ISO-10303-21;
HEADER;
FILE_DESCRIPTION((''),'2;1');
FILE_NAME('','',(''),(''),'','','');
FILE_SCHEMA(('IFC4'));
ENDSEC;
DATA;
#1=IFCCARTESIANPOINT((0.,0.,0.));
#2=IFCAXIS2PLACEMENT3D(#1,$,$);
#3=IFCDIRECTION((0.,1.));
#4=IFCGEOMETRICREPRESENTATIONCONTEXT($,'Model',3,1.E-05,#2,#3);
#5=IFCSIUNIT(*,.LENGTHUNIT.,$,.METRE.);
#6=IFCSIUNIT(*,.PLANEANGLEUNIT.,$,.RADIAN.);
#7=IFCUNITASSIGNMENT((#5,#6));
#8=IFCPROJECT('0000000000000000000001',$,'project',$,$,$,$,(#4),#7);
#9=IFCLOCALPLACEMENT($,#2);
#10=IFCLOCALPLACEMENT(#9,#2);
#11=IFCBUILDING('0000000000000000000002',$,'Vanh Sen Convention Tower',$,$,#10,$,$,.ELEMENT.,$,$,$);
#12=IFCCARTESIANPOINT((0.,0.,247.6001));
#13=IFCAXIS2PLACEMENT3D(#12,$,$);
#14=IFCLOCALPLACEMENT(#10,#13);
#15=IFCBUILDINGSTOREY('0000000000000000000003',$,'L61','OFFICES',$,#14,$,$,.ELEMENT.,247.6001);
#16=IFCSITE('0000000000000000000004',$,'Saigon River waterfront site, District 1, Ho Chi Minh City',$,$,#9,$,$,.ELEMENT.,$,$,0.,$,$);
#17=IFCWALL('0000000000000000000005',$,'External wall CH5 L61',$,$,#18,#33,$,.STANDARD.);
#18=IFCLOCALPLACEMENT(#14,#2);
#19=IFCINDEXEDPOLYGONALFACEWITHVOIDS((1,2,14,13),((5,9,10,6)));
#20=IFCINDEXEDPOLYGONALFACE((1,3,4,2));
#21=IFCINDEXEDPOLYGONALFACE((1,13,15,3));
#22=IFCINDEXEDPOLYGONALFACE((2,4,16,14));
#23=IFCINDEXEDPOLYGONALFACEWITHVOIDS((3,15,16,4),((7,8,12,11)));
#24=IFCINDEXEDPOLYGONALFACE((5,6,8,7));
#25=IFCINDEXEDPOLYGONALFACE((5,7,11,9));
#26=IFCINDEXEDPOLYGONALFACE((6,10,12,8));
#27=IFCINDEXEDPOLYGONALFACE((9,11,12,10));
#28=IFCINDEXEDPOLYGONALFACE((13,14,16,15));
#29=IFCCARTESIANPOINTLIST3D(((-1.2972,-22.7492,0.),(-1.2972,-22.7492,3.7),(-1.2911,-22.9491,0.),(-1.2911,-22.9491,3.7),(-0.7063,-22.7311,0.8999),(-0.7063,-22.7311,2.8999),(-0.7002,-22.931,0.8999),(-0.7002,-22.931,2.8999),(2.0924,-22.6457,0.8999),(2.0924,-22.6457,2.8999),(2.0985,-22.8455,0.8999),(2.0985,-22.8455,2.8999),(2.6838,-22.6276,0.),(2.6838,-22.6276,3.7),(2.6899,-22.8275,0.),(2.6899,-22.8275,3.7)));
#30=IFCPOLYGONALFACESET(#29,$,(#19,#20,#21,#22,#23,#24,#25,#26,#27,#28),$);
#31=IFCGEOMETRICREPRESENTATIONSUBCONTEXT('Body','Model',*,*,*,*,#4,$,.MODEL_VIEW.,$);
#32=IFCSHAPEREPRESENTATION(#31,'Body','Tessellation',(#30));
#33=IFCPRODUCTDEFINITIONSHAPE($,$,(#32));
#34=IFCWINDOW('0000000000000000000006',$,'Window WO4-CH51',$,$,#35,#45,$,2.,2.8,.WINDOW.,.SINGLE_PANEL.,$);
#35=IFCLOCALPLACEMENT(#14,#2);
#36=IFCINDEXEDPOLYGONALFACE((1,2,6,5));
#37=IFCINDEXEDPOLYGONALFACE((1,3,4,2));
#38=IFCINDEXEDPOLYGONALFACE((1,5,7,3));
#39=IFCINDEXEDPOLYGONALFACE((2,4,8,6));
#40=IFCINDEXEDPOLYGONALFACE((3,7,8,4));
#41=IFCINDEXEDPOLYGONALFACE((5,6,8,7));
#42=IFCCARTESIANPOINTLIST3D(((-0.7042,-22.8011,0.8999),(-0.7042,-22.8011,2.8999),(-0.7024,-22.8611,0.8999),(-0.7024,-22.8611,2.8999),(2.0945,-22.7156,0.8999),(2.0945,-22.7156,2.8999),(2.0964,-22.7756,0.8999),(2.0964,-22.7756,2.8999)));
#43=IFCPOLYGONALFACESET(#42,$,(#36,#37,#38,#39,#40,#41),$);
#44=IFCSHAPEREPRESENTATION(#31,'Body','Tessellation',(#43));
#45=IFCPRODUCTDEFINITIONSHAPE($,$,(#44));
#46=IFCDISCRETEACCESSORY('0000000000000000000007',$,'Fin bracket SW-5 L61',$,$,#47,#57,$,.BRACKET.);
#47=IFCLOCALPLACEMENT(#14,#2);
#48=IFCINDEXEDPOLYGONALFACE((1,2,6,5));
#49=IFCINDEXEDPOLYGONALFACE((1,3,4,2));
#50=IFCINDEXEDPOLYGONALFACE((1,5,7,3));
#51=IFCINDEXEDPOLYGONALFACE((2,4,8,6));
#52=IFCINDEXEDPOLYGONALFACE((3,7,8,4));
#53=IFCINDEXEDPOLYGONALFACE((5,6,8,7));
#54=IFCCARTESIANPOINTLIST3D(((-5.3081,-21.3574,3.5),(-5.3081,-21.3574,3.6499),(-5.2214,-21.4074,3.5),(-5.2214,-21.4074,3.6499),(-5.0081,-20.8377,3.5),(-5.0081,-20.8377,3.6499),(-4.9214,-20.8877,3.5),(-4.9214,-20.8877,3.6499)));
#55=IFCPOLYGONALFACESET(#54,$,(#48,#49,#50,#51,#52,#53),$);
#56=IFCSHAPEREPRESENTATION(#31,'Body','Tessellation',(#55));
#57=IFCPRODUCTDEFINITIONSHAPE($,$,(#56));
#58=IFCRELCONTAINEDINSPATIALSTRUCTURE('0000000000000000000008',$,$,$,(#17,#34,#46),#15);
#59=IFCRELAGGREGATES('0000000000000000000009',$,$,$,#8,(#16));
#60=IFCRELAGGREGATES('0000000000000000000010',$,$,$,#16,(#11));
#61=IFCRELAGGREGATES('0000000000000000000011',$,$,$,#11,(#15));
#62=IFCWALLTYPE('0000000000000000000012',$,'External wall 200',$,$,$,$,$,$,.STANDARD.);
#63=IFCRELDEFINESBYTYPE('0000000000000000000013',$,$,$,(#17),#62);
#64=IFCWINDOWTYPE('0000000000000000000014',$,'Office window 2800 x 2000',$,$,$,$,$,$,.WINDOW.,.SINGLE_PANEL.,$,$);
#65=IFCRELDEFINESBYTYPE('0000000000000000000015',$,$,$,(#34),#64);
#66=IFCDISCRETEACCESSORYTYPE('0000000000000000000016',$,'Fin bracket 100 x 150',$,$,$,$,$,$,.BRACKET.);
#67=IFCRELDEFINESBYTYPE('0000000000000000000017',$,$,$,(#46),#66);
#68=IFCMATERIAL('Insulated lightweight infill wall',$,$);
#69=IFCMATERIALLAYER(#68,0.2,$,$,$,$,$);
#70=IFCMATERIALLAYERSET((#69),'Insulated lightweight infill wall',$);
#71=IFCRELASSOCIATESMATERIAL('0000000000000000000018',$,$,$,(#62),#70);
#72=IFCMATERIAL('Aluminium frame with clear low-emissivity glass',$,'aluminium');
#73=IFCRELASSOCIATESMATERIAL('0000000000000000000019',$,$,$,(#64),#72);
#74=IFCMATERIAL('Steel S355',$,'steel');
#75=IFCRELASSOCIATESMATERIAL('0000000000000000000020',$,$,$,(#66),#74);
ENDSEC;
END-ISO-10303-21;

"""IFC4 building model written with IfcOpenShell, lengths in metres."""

from ifc_helpers import new_model, si_unit, direction, frame, frame_2d, origin, origin_2d, place, context, subcontext, project, spatial, rectangle, extrude, material, layer, layer_set, type_object, element, fill, save


model = new_model("IFC4")

# Units and contexts
model_context = context("Model", 3, precision=1e-05, world=origin(), true_north=direction((0.0, 1.0)))
body_context = subcontext(model_context, "Body", "Model", "MODEL_VIEW")
ifc_project = project(units=[si_unit("LENGTHUNIT", "METRE"), si_unit("PLANEANGLEUNIT", "RADIAN")], contexts=[model_context])

# Site, building, storey
site_placement = place(None, origin())
site = spatial("IfcSite", under=ifc_project, at=site_placement, Name="Saigon River waterfront site, District 1, Ho Chi Minh City", CompositionType="ELEMENT", RefElevation=0.0)
building_placement = place(site_placement, origin())
building = spatial("IfcBuilding", under=site, at=building_placement, Name="Vanh Sen Convention Tower", CompositionType="ELEMENT")
storey_placement = place(building_placement, frame((0.0, 0.0, 247.6001)))
storey = spatial("IfcBuildingStorey", under=building, at=storey_placement, Name="L61", Description="OFFICES", CompositionType="ELEMENT", Elevation=247.6001)

# Wall, opening, window
ifc_material_1 = material(Name="Insulated lightweight infill wall")
ifc_layer_1 = layer(ifc_material_1, 0.2)
ifc_layer_set_1 = layer_set([ifc_layer_1], Name="Insulated lightweight infill wall")
wall_type_1 = type_object("IfcWallType", Name="External wall 200", PredefinedType="STANDARD", material=ifc_layer_set_1)
wall_1_placement = place(storey_placement, frame((-1.2942, -22.8491, 0.0), z_axis=(0.0, 0.0, 1.0), x_axis=(0.999534, 0.030527, 0.0)))
wall_1 = element("IfcWall", 1, at=wall_1_placement, inside=storey, type_object=wall_type_1, Name="External wall CH5 L61", PredefinedType="STANDARD", context=body_context, shape_type="SweptSolid", body=[
    extrude(rectangle(XDim=3.9829, YDim=0.2, at=frame_2d((1.9915, 0.0))), origin(), (0.0, 0.0, 1.0), 3.7),
])
opening_1_placement = place(wall_1_placement, frame((0.5913, 0.0, 0.8999)))
opening_1 = element("IfcOpeningElement", 2, at=opening_1_placement, cuts=wall_1, PredefinedType="OPENING", context=body_context, shape_type="SweptSolid", body=[
    extrude(rectangle(XDim=2.8, YDim=2.0, at=frame_2d((1.3999, 1.0))), frame((0.0, 0.1099, 0.0), z_axis=(0.0, -1.0, 0.0), x_axis=(1.0, 0.0, 0.0)), (0.0, 0.0, 1.0), 0.22),
])
ifc_material_2 = material(Name="Aluminium frame with clear low-emissivity glass", Category="aluminium")
window_type = type_object("IfcWindowType", Name="Office window 2800 x 2000", PartitioningType="SINGLE_PANEL", PredefinedType="WINDOW", material=ifc_material_2)
window_placement = place(opening_1_placement, origin())
window = element("IfcWindow", 3, at=window_placement, inside=storey, type_object=window_type, Name="Window WO4-CH51", OverallHeight=2.0, OverallWidth=2.8, PartitioningType="SINGLE_PANEL", PredefinedType="WINDOW", context=body_context, shape_type="SweptSolid", body=[
    extrude(rectangle(XDim=2.8, YDim=2.0, at=frame_2d((1.3999, 1.0))), frame((0.0, 0.03, 0.0), z_axis=(0.0, -1.0, 0.0), x_axis=(1.0, 0.0, 0.0)), (0.0, 0.0, 1.0), 0.0601),
])
fill(opening_1, window)

# Discrete accessory
ifc_material_3 = material(Name="Steel S355", Category="steel")
discrete_accessory_type = type_object("IfcDiscreteAccessoryType", Name="Fin bracket 100 x 150", PredefinedType="BRACKET", material=ifc_material_3)
discrete_accessory_placement = place(storey_placement, frame((-5.1147, -21.1226, 3.5), z_axis=(0.0, 0.0, 1.0), x_axis=(-0.5, -0.866025, 0.0)))
element("IfcDiscreteAccessory", 4, at=discrete_accessory_placement, inside=storey, type_object=discrete_accessory_type, Name="Fin bracket SW-5 L61", PredefinedType="BRACKET", context=body_context, shape_type="SweptSolid", body=[
    extrude(rectangle(XDim=0.6001, YDim=0.1001, at=origin_2d()), origin(), (0.0, 0.0, 1.0), 0.1499),
])

save(model, "model.ifc")
